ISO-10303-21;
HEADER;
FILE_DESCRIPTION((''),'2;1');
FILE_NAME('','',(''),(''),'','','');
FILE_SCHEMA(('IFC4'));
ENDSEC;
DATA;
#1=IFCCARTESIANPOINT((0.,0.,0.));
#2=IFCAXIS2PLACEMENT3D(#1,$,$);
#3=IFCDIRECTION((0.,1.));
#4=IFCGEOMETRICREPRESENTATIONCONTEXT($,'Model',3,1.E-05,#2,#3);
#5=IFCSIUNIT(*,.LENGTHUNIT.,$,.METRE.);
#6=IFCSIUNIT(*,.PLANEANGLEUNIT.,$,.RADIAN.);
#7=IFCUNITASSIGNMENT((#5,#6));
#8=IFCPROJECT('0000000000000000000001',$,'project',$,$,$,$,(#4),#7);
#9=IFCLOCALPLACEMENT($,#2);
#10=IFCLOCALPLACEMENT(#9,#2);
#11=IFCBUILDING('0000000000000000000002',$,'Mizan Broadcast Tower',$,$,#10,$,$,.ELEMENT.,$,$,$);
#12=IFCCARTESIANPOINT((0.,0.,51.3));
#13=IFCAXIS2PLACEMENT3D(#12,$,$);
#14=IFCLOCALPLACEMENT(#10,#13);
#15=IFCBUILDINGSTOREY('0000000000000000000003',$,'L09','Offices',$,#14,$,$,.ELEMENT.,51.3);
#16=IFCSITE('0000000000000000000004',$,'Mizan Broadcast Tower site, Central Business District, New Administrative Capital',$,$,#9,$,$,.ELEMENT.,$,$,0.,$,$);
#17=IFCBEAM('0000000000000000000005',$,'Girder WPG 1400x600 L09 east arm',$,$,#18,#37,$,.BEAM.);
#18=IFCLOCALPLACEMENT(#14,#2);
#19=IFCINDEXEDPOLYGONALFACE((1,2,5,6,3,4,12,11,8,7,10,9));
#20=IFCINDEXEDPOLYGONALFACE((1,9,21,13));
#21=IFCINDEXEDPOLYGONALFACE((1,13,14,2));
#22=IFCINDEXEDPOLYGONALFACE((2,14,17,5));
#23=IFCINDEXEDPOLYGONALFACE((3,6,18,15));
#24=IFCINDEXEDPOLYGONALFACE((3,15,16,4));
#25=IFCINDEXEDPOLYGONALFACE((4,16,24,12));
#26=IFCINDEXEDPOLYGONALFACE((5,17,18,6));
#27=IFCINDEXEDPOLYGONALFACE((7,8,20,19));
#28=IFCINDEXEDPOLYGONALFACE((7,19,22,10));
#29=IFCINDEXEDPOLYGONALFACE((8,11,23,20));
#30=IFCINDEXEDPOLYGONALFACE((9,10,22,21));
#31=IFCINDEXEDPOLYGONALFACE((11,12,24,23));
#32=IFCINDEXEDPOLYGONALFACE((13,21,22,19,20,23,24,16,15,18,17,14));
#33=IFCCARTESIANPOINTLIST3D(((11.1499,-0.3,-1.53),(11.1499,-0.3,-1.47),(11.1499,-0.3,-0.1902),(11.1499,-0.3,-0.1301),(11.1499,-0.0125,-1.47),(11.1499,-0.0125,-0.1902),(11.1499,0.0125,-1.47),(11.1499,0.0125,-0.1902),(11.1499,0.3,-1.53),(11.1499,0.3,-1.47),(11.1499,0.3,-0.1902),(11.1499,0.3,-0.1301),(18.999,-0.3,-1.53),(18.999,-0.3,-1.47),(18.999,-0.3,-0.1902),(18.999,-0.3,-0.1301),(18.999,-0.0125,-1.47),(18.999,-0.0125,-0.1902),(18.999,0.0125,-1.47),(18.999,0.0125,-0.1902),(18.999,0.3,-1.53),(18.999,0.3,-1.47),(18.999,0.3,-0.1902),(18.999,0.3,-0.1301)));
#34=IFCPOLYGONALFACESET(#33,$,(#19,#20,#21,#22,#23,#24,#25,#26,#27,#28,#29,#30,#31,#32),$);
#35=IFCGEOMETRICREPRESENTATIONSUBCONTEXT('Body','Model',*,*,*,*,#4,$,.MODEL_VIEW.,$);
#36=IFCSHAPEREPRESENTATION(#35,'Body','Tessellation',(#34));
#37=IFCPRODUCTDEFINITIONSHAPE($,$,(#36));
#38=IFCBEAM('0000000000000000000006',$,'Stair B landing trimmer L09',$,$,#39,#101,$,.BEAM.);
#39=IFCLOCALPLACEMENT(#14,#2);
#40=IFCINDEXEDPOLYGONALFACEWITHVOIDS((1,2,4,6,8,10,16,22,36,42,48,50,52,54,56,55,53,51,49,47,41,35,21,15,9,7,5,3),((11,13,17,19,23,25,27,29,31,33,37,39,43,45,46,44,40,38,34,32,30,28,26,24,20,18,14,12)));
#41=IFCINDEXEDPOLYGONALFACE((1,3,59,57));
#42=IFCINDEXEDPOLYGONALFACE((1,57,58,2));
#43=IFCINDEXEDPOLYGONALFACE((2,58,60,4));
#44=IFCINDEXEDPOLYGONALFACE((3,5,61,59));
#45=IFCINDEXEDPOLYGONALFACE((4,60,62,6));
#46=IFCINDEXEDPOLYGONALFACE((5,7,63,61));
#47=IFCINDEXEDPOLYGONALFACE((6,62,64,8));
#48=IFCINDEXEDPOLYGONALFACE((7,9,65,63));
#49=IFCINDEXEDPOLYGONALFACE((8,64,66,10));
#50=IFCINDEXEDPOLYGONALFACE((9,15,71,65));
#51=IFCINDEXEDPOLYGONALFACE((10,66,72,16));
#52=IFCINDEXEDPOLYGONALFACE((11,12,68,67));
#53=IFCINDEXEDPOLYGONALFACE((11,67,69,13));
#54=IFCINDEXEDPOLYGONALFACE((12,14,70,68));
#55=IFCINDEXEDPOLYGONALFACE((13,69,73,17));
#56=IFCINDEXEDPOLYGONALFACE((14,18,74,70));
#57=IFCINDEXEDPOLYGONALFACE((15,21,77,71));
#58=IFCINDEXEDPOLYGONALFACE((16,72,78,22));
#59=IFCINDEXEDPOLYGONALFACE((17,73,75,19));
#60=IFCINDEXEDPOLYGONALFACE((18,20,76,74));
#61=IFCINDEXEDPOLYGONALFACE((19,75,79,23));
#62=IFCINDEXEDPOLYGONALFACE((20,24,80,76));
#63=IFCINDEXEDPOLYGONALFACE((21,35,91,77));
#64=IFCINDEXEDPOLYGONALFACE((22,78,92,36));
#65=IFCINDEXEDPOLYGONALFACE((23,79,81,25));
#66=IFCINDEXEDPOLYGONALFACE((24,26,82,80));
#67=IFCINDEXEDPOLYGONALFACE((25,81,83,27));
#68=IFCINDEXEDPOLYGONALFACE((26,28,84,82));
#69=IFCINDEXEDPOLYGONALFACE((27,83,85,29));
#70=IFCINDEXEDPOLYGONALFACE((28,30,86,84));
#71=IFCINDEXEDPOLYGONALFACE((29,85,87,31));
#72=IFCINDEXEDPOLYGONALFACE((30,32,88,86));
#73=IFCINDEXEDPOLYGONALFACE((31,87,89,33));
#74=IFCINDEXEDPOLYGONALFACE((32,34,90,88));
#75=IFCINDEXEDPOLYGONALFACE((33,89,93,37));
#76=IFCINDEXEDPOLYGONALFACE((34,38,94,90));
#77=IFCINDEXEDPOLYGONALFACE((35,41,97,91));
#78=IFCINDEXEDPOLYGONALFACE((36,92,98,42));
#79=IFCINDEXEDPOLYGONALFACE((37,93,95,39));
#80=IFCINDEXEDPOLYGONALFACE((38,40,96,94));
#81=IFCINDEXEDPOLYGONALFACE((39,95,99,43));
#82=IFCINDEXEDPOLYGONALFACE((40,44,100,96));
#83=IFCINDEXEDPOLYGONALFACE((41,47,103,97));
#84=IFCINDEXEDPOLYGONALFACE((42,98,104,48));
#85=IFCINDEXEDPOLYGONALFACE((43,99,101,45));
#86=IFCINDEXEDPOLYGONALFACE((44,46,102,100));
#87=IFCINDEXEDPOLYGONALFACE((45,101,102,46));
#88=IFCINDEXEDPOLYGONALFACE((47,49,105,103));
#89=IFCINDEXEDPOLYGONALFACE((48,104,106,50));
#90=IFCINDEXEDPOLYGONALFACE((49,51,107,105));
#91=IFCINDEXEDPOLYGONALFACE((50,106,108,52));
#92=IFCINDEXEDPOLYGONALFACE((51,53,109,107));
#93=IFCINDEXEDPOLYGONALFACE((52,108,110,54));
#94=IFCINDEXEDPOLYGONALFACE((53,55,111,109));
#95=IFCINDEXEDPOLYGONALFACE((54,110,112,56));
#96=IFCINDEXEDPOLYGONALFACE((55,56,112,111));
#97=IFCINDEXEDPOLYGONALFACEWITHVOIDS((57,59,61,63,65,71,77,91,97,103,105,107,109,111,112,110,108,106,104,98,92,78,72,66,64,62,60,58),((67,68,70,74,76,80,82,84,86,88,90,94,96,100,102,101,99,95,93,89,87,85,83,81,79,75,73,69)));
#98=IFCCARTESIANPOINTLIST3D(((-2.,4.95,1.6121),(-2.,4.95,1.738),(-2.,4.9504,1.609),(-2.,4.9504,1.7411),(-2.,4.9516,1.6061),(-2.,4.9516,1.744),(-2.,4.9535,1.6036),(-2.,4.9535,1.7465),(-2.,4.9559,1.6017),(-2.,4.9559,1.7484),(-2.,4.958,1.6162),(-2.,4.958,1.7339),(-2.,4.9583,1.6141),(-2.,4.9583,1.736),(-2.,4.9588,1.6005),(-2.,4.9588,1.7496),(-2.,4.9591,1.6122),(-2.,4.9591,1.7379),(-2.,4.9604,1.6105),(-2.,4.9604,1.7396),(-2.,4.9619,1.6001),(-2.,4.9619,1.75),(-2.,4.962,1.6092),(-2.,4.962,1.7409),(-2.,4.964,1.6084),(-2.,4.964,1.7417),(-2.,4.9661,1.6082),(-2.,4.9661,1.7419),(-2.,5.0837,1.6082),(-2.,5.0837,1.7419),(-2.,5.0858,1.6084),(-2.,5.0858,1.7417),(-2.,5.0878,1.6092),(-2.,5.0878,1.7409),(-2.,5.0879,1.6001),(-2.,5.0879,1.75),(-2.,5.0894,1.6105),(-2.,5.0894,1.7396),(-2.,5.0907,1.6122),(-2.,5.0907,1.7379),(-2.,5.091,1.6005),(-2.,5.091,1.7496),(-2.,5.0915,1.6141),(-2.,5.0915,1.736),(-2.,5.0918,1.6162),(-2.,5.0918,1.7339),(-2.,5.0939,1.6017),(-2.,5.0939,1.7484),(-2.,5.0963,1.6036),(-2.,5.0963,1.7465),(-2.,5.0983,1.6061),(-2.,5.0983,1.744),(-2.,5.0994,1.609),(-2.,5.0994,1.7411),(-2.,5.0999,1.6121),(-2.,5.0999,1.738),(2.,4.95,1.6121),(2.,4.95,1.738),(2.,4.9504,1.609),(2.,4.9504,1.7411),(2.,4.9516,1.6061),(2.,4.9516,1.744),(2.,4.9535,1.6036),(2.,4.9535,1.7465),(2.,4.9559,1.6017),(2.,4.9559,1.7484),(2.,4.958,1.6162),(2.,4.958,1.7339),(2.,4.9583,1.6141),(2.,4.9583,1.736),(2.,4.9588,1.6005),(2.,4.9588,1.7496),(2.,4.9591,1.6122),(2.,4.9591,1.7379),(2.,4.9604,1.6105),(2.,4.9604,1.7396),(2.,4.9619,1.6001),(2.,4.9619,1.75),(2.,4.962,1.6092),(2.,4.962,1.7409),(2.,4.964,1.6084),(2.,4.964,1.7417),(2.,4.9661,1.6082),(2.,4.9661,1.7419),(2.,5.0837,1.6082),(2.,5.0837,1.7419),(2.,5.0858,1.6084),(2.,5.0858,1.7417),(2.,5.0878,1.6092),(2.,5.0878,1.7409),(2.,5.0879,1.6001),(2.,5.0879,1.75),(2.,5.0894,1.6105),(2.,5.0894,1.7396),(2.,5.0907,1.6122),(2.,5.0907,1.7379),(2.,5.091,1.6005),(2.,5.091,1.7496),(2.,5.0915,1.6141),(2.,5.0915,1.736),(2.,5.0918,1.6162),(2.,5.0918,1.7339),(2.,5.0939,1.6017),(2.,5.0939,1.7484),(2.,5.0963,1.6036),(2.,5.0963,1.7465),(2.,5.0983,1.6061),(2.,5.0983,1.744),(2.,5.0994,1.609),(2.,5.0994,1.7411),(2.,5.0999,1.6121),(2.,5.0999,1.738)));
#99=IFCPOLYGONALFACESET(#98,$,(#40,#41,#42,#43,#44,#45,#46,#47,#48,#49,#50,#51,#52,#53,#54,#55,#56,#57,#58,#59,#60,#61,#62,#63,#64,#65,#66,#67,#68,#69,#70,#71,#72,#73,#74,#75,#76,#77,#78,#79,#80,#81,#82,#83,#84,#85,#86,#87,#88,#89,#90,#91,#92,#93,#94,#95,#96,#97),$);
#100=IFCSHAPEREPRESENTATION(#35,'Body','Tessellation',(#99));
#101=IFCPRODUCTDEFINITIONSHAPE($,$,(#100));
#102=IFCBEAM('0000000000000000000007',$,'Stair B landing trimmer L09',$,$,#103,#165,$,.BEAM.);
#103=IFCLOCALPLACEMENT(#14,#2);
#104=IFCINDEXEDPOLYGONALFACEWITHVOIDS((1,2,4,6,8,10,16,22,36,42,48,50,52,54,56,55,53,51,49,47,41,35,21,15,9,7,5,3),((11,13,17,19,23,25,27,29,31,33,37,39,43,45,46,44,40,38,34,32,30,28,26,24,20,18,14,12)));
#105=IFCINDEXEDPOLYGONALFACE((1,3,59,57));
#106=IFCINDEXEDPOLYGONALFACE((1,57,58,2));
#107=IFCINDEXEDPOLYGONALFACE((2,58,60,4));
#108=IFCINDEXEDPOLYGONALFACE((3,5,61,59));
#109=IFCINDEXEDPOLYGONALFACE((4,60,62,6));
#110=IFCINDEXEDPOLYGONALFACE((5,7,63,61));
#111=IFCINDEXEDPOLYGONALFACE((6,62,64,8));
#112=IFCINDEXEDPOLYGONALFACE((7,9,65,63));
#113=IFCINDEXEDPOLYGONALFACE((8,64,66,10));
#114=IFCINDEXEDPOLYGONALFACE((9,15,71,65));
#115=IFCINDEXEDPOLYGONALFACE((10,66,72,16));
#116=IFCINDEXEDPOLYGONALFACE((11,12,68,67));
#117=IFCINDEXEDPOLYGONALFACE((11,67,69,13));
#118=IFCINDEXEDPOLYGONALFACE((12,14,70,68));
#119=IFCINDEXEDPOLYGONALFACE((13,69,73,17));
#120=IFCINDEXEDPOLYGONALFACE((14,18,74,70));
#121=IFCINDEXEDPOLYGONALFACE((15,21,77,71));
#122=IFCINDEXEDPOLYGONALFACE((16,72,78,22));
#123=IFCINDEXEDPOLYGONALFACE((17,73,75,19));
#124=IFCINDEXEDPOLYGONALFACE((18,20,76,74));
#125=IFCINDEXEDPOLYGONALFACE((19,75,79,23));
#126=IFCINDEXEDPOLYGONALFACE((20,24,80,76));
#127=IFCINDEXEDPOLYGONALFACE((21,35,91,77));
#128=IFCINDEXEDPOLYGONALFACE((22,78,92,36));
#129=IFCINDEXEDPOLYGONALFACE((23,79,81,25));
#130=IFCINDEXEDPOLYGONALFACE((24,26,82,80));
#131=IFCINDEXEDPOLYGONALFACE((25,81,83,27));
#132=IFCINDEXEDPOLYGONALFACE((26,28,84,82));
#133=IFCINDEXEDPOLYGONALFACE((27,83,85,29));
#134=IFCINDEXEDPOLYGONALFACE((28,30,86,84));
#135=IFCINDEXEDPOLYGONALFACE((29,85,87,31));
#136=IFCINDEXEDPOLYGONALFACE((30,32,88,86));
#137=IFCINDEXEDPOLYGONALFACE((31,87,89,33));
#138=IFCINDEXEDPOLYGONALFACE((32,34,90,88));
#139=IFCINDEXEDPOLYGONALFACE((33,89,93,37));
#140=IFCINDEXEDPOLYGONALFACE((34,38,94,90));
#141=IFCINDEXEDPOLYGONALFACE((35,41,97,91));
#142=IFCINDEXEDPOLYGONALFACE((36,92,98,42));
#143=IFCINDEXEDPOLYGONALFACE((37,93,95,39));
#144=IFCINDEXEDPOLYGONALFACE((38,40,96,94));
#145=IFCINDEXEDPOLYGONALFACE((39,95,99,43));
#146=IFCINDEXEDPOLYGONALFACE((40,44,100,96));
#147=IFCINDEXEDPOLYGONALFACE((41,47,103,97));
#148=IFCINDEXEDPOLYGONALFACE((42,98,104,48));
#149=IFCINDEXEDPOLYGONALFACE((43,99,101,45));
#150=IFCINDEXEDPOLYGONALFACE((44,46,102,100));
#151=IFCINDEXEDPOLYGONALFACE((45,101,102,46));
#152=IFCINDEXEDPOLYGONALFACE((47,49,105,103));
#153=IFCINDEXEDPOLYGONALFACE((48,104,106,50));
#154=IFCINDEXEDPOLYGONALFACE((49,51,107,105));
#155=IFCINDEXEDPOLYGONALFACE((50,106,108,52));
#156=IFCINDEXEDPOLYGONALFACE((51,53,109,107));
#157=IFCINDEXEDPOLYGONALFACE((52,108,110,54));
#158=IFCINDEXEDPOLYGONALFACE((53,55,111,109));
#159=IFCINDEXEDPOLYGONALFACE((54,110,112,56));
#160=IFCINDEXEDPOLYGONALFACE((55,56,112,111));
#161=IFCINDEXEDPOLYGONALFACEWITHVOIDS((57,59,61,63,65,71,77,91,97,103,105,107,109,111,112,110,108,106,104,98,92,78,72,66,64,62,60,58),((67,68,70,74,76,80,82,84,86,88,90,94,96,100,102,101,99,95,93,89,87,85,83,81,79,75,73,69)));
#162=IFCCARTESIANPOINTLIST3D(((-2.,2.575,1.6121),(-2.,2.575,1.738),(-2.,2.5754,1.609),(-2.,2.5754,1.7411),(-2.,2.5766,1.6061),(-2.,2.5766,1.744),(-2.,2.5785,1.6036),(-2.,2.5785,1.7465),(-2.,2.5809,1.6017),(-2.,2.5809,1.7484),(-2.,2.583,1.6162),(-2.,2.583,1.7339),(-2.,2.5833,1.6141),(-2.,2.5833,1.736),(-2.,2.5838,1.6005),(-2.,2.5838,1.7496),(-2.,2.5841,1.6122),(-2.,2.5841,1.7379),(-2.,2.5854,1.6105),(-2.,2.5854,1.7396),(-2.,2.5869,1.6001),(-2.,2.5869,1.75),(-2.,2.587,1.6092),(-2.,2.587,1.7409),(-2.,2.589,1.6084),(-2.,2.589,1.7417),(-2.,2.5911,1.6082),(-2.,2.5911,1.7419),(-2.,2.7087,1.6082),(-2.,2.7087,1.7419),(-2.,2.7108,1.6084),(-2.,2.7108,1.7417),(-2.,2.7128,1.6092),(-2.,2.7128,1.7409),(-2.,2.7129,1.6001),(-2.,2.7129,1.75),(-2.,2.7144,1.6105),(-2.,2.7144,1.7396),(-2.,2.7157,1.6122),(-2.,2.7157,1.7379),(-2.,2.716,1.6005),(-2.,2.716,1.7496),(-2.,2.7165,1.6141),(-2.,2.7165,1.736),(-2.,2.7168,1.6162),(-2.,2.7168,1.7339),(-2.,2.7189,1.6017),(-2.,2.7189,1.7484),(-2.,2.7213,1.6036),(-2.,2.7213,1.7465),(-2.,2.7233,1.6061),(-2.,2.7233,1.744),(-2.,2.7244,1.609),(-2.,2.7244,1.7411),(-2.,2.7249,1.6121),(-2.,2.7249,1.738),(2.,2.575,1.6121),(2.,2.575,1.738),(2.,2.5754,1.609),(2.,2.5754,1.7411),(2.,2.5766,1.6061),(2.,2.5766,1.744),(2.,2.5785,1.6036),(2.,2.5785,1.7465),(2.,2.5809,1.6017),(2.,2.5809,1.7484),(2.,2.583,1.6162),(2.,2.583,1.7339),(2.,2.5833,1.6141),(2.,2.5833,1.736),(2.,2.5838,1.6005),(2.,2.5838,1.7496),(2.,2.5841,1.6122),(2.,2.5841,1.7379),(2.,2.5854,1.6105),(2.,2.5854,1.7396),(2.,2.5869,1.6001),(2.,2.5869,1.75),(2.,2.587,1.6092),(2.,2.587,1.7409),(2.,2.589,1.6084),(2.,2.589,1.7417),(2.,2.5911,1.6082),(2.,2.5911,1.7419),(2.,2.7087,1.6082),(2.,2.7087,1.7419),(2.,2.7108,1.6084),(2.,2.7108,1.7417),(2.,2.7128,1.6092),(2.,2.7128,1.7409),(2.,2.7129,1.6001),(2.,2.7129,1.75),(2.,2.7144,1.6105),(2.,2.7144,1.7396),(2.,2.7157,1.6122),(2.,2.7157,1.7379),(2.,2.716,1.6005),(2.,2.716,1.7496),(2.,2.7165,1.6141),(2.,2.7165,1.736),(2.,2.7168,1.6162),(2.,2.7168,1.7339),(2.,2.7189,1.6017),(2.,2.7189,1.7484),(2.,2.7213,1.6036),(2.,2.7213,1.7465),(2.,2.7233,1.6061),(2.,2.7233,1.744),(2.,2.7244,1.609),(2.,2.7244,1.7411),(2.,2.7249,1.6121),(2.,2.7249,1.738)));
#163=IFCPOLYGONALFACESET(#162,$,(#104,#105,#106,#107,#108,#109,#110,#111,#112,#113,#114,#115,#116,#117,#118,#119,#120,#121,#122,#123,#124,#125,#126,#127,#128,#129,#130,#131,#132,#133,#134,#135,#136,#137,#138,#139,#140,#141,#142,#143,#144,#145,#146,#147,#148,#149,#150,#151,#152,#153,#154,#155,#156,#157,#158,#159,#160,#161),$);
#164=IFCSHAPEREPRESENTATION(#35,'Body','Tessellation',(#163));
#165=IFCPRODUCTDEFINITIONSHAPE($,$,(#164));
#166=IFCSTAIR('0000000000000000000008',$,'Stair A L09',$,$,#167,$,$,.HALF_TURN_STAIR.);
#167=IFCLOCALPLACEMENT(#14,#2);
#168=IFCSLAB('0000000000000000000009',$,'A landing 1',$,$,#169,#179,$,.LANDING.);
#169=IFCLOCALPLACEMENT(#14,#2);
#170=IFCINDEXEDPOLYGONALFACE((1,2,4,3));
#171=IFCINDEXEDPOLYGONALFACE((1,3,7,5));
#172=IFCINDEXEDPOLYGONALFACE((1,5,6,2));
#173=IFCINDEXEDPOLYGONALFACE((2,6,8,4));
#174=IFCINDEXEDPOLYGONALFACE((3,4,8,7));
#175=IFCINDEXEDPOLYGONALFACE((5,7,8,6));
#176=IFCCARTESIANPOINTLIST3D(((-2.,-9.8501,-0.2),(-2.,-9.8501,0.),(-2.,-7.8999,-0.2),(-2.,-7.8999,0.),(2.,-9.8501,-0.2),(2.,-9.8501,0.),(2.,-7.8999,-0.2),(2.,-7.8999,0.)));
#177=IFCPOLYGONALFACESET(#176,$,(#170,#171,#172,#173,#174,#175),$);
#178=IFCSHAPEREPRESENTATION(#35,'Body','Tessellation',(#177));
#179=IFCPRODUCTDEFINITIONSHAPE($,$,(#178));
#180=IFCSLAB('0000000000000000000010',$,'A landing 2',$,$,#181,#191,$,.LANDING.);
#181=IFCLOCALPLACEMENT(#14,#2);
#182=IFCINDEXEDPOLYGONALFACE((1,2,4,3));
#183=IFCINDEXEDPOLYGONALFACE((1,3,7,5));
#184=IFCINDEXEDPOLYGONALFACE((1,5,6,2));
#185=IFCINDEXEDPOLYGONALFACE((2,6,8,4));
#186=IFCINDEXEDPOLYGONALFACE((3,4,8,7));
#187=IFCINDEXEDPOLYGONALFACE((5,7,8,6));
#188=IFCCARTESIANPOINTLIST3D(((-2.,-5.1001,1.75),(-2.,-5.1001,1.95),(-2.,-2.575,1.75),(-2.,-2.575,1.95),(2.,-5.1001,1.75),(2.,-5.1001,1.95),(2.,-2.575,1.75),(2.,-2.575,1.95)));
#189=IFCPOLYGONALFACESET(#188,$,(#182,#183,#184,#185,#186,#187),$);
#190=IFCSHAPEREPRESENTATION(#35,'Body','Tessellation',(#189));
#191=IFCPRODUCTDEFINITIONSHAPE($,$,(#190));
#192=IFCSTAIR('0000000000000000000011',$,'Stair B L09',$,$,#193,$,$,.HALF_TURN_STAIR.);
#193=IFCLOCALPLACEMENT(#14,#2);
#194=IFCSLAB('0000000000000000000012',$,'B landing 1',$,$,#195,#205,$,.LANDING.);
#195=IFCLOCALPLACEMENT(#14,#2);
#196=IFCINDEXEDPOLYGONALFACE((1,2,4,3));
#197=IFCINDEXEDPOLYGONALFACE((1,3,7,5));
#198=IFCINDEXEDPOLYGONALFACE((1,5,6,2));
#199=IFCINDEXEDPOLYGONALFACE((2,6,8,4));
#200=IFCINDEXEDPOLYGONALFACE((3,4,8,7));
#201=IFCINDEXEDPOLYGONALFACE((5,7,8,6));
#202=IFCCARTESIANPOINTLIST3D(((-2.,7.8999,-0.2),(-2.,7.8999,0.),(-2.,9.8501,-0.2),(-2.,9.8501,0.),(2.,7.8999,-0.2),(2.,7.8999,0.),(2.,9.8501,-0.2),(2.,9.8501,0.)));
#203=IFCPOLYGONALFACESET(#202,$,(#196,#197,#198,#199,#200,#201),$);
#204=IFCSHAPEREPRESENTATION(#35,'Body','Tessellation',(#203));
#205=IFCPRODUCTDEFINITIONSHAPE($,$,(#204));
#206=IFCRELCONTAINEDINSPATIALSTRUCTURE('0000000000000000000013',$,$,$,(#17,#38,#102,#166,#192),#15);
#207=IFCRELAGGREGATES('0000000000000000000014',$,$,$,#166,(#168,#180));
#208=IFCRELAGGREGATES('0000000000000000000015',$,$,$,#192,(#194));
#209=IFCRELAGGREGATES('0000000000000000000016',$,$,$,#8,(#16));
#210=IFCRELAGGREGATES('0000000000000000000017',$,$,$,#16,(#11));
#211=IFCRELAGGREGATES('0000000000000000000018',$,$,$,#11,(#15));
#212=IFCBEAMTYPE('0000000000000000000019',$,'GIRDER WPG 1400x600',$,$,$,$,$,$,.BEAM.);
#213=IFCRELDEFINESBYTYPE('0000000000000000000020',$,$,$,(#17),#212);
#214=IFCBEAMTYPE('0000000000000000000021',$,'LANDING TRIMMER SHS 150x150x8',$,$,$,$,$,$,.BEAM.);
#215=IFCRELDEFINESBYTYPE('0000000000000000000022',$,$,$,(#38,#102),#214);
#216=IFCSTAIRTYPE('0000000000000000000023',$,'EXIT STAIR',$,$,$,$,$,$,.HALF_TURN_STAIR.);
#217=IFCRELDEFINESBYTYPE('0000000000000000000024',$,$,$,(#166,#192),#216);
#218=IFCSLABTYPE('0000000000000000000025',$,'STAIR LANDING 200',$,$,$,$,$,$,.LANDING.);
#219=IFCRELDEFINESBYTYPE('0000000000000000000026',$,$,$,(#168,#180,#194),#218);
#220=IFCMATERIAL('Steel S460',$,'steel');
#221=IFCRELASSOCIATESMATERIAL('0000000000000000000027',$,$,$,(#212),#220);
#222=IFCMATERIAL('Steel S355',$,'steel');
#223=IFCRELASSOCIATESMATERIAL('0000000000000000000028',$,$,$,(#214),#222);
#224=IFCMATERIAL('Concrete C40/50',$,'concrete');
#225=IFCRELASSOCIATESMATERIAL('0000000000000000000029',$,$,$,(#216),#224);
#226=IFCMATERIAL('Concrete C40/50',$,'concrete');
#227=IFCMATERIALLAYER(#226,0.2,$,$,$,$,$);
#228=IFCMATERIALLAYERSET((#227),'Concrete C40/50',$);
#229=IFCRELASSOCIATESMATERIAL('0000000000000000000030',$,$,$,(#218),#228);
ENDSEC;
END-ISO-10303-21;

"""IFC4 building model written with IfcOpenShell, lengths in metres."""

from ifc_helpers import new_model, si_unit, direction, frame, origin, origin_2d, place, context, subcontext, project, spatial, polyline, hollow_rectangle, i_section, outline, extrude, material, layer, layer_set, material_profile, profile_set, type_object, element, aggregate, save


model = new_model("IFC4")

# Units and contexts
model_context = context("Model", 3, precision=1e-05, world=origin(), true_north=direction((0.0, 1.0)))
body_context = subcontext(model_context, "Body", "Model", "MODEL_VIEW")
ifc_project = project(units=[si_unit("LENGTHUNIT", "METRE"), si_unit("PLANEANGLEUNIT", "RADIAN")], contexts=[model_context])

# Site, building, storey
site_placement = place(None, origin())
site = spatial("IfcSite", under=ifc_project, at=site_placement, Name="Mizan Broadcast Tower site, Central Business District, New Administrative Capital", CompositionType="ELEMENT", RefElevation=0.0)
building_placement = place(site_placement, origin())
building = spatial("IfcBuilding", under=site, at=building_placement, Name="Mizan Broadcast Tower", CompositionType="ELEMENT")
storey_placement = place(building_placement, frame((0.0, 0.0, 51.3)))
storey = spatial("IfcBuildingStorey", under=building, at=storey_placement, Name="L09", Description="Offices", CompositionType="ELEMENT", Elevation=51.3)

# Beams
ifc_material_1 = material(Name="Steel S460", Category="steel")
ifc_material_profile_1 = material_profile(ifc_material_1, i_section(OverallWidth=0.6001, OverallDepth=1.3999, WebThickness=0.0249, FlangeThickness=0.0601, at=origin_2d()), Name="WPG 1400x600")
ifc_profile_set_1 = profile_set([ifc_material_profile_1], Name="Steel S460")
beam_type_1 = type_object("IfcBeamType", Name="GIRDER WPG 1400x600", PredefinedType="BEAM", material=ifc_profile_set_1)
beam_placement = place(storey_placement, frame((11.1499, 0.0, -0.8301), z_axis=(1.0, 0.0, 0.0), x_axis=(0.0, 1.0, 0.0)))
element("IfcBeam", 1, at=beam_placement, inside=storey, type_object=beam_type_1, Name="Girder WPG 1400x600 L09 east arm", PredefinedType="BEAM", context=body_context, shape_type="SweptSolid", body=[
    extrude(i_section(OverallWidth=0.6001, OverallDepth=1.3999, WebThickness=0.0249, FlangeThickness=0.0601, at=origin_2d()), origin(), (0.0, 0.0, 1.0), 7.8491),
])
ifc_material_2 = material(Name="Steel S355", Category="steel")
ifc_material_profile_2 = material_profile(ifc_material_2, hollow_rectangle(XDim=0.1499, YDim=0.1499, WallThickness=0.0081, InnerFilletRadius=0.0081, OuterFilletRadius=0.012, at=origin_2d()), Name="SHS 150x150x8")
ifc_profile_set_2 = profile_set([ifc_material_profile_2], Name="Steel S355")
beam_type_2 = type_object("IfcBeamType", Name="LANDING TRIMMER SHS 150x150x8", PredefinedType="BEAM", material=ifc_profile_set_2)
for number, where, z_axis, x_axis, name in (
    (2, (2.0, 5.0249, 1.675), (-1.0, 0.0, 0.0), (0.0, -1.0, 0.0), "Stair B landing trimmer L09"),
    (3, (2.0, 2.6499, 1.675), (-1.0, 0.0, 0.0), (0.0, -1.0, 0.0), "Stair B landing trimmer L09"),
):
    element("IfcBeam", number, at=place(storey_placement, frame(where, z_axis=z_axis, x_axis=x_axis)), inside=storey, type_object=beam_type_2, Name=name, PredefinedType="BEAM", context=body_context, shape_type="SweptSolid", body=[
        extrude(hollow_rectangle(XDim=0.1499, YDim=0.1499, WallThickness=0.0081, InnerFilletRadius=0.0081, OuterFilletRadius=0.012, at=origin_2d()), origin(), (0.0, 0.0, 1.0), 4.0),
    ])

# Stairs, slabs
ifc_material_3 = material(Name="Concrete C40/50", Category="concrete")
stair_type = type_object("IfcStairType", Name="EXIT STAIR", PredefinedType="HALF_TURN_STAIR", material=ifc_material_3)
stair_1_placement = place(storey_placement, origin())
stair_1 = element("IfcStair", 4, at=stair_1_placement, inside=storey, type_object=stair_type, Name="Stair A L09", PredefinedType="HALF_TURN_STAIR")
ifc_material_4 = material(Name="Concrete C40/50", Category="concrete")
ifc_layer_1 = layer(ifc_material_4, 0.2)
ifc_layer_set_1 = layer_set([ifc_layer_1], Name="Concrete C40/50")
slab_type = type_object("IfcSlabType", Name="STAIR LANDING 200", PredefinedType="LANDING", material=ifc_layer_set_1)
slab_1_placement = place(storey_placement, frame((0.0, 0.0, -0.2)))
slab_1 = element("IfcSlab", 5, at=slab_1_placement, type_object=slab_type, Name="A landing 1", PredefinedType="LANDING", context=body_context, shape_type="SweptSolid", body=[
    extrude(outline(polyline([(-2.0, -9.8501), (-2.0, -7.8999), (2.0, -7.8999), (2.0, -9.8501), (-2.0, -9.8501)])), origin(), (0.0, 0.0, 1.0), 0.2),
])
slab_2_placement = place(storey_placement, frame((0.0, 0.0, 1.75)))
slab_2 = element("IfcSlab", 6, at=slab_2_placement, type_object=slab_type, Name="A landing 2", PredefinedType="LANDING", context=body_context, shape_type="SweptSolid", body=[
    extrude(outline(polyline([(-2.0, -5.1001), (-2.0, -2.575), (2.0, -2.575), (2.0, -5.1001), (-2.0, -5.1001)])), origin(), (0.0, 0.0, 1.0), 0.2),
])
aggregate(stair_1, [slab_1, slab_2])
stair_2_placement = place(storey_placement, origin())
stair_2 = element("IfcStair", 7, at=stair_2_placement, inside=storey, type_object=stair_type, Name="Stair B L09", PredefinedType="HALF_TURN_STAIR")
slab_3_placement = place(storey_placement, frame((0.0, 0.0, -0.2)))
slab_3 = element("IfcSlab", 8, at=slab_3_placement, type_object=slab_type, Name="B landing 1", PredefinedType="LANDING", context=body_context, shape_type="SweptSolid", body=[
    extrude(outline(polyline([(2.0, 9.8501), (2.0, 7.8999), (-2.0, 7.8999), (-2.0, 9.8501), (2.0, 9.8501)])), origin(), (0.0, 0.0, 1.0), 0.2),
])

aggregate(stair_2, [slab_3])

save(model, "model.ifc")
